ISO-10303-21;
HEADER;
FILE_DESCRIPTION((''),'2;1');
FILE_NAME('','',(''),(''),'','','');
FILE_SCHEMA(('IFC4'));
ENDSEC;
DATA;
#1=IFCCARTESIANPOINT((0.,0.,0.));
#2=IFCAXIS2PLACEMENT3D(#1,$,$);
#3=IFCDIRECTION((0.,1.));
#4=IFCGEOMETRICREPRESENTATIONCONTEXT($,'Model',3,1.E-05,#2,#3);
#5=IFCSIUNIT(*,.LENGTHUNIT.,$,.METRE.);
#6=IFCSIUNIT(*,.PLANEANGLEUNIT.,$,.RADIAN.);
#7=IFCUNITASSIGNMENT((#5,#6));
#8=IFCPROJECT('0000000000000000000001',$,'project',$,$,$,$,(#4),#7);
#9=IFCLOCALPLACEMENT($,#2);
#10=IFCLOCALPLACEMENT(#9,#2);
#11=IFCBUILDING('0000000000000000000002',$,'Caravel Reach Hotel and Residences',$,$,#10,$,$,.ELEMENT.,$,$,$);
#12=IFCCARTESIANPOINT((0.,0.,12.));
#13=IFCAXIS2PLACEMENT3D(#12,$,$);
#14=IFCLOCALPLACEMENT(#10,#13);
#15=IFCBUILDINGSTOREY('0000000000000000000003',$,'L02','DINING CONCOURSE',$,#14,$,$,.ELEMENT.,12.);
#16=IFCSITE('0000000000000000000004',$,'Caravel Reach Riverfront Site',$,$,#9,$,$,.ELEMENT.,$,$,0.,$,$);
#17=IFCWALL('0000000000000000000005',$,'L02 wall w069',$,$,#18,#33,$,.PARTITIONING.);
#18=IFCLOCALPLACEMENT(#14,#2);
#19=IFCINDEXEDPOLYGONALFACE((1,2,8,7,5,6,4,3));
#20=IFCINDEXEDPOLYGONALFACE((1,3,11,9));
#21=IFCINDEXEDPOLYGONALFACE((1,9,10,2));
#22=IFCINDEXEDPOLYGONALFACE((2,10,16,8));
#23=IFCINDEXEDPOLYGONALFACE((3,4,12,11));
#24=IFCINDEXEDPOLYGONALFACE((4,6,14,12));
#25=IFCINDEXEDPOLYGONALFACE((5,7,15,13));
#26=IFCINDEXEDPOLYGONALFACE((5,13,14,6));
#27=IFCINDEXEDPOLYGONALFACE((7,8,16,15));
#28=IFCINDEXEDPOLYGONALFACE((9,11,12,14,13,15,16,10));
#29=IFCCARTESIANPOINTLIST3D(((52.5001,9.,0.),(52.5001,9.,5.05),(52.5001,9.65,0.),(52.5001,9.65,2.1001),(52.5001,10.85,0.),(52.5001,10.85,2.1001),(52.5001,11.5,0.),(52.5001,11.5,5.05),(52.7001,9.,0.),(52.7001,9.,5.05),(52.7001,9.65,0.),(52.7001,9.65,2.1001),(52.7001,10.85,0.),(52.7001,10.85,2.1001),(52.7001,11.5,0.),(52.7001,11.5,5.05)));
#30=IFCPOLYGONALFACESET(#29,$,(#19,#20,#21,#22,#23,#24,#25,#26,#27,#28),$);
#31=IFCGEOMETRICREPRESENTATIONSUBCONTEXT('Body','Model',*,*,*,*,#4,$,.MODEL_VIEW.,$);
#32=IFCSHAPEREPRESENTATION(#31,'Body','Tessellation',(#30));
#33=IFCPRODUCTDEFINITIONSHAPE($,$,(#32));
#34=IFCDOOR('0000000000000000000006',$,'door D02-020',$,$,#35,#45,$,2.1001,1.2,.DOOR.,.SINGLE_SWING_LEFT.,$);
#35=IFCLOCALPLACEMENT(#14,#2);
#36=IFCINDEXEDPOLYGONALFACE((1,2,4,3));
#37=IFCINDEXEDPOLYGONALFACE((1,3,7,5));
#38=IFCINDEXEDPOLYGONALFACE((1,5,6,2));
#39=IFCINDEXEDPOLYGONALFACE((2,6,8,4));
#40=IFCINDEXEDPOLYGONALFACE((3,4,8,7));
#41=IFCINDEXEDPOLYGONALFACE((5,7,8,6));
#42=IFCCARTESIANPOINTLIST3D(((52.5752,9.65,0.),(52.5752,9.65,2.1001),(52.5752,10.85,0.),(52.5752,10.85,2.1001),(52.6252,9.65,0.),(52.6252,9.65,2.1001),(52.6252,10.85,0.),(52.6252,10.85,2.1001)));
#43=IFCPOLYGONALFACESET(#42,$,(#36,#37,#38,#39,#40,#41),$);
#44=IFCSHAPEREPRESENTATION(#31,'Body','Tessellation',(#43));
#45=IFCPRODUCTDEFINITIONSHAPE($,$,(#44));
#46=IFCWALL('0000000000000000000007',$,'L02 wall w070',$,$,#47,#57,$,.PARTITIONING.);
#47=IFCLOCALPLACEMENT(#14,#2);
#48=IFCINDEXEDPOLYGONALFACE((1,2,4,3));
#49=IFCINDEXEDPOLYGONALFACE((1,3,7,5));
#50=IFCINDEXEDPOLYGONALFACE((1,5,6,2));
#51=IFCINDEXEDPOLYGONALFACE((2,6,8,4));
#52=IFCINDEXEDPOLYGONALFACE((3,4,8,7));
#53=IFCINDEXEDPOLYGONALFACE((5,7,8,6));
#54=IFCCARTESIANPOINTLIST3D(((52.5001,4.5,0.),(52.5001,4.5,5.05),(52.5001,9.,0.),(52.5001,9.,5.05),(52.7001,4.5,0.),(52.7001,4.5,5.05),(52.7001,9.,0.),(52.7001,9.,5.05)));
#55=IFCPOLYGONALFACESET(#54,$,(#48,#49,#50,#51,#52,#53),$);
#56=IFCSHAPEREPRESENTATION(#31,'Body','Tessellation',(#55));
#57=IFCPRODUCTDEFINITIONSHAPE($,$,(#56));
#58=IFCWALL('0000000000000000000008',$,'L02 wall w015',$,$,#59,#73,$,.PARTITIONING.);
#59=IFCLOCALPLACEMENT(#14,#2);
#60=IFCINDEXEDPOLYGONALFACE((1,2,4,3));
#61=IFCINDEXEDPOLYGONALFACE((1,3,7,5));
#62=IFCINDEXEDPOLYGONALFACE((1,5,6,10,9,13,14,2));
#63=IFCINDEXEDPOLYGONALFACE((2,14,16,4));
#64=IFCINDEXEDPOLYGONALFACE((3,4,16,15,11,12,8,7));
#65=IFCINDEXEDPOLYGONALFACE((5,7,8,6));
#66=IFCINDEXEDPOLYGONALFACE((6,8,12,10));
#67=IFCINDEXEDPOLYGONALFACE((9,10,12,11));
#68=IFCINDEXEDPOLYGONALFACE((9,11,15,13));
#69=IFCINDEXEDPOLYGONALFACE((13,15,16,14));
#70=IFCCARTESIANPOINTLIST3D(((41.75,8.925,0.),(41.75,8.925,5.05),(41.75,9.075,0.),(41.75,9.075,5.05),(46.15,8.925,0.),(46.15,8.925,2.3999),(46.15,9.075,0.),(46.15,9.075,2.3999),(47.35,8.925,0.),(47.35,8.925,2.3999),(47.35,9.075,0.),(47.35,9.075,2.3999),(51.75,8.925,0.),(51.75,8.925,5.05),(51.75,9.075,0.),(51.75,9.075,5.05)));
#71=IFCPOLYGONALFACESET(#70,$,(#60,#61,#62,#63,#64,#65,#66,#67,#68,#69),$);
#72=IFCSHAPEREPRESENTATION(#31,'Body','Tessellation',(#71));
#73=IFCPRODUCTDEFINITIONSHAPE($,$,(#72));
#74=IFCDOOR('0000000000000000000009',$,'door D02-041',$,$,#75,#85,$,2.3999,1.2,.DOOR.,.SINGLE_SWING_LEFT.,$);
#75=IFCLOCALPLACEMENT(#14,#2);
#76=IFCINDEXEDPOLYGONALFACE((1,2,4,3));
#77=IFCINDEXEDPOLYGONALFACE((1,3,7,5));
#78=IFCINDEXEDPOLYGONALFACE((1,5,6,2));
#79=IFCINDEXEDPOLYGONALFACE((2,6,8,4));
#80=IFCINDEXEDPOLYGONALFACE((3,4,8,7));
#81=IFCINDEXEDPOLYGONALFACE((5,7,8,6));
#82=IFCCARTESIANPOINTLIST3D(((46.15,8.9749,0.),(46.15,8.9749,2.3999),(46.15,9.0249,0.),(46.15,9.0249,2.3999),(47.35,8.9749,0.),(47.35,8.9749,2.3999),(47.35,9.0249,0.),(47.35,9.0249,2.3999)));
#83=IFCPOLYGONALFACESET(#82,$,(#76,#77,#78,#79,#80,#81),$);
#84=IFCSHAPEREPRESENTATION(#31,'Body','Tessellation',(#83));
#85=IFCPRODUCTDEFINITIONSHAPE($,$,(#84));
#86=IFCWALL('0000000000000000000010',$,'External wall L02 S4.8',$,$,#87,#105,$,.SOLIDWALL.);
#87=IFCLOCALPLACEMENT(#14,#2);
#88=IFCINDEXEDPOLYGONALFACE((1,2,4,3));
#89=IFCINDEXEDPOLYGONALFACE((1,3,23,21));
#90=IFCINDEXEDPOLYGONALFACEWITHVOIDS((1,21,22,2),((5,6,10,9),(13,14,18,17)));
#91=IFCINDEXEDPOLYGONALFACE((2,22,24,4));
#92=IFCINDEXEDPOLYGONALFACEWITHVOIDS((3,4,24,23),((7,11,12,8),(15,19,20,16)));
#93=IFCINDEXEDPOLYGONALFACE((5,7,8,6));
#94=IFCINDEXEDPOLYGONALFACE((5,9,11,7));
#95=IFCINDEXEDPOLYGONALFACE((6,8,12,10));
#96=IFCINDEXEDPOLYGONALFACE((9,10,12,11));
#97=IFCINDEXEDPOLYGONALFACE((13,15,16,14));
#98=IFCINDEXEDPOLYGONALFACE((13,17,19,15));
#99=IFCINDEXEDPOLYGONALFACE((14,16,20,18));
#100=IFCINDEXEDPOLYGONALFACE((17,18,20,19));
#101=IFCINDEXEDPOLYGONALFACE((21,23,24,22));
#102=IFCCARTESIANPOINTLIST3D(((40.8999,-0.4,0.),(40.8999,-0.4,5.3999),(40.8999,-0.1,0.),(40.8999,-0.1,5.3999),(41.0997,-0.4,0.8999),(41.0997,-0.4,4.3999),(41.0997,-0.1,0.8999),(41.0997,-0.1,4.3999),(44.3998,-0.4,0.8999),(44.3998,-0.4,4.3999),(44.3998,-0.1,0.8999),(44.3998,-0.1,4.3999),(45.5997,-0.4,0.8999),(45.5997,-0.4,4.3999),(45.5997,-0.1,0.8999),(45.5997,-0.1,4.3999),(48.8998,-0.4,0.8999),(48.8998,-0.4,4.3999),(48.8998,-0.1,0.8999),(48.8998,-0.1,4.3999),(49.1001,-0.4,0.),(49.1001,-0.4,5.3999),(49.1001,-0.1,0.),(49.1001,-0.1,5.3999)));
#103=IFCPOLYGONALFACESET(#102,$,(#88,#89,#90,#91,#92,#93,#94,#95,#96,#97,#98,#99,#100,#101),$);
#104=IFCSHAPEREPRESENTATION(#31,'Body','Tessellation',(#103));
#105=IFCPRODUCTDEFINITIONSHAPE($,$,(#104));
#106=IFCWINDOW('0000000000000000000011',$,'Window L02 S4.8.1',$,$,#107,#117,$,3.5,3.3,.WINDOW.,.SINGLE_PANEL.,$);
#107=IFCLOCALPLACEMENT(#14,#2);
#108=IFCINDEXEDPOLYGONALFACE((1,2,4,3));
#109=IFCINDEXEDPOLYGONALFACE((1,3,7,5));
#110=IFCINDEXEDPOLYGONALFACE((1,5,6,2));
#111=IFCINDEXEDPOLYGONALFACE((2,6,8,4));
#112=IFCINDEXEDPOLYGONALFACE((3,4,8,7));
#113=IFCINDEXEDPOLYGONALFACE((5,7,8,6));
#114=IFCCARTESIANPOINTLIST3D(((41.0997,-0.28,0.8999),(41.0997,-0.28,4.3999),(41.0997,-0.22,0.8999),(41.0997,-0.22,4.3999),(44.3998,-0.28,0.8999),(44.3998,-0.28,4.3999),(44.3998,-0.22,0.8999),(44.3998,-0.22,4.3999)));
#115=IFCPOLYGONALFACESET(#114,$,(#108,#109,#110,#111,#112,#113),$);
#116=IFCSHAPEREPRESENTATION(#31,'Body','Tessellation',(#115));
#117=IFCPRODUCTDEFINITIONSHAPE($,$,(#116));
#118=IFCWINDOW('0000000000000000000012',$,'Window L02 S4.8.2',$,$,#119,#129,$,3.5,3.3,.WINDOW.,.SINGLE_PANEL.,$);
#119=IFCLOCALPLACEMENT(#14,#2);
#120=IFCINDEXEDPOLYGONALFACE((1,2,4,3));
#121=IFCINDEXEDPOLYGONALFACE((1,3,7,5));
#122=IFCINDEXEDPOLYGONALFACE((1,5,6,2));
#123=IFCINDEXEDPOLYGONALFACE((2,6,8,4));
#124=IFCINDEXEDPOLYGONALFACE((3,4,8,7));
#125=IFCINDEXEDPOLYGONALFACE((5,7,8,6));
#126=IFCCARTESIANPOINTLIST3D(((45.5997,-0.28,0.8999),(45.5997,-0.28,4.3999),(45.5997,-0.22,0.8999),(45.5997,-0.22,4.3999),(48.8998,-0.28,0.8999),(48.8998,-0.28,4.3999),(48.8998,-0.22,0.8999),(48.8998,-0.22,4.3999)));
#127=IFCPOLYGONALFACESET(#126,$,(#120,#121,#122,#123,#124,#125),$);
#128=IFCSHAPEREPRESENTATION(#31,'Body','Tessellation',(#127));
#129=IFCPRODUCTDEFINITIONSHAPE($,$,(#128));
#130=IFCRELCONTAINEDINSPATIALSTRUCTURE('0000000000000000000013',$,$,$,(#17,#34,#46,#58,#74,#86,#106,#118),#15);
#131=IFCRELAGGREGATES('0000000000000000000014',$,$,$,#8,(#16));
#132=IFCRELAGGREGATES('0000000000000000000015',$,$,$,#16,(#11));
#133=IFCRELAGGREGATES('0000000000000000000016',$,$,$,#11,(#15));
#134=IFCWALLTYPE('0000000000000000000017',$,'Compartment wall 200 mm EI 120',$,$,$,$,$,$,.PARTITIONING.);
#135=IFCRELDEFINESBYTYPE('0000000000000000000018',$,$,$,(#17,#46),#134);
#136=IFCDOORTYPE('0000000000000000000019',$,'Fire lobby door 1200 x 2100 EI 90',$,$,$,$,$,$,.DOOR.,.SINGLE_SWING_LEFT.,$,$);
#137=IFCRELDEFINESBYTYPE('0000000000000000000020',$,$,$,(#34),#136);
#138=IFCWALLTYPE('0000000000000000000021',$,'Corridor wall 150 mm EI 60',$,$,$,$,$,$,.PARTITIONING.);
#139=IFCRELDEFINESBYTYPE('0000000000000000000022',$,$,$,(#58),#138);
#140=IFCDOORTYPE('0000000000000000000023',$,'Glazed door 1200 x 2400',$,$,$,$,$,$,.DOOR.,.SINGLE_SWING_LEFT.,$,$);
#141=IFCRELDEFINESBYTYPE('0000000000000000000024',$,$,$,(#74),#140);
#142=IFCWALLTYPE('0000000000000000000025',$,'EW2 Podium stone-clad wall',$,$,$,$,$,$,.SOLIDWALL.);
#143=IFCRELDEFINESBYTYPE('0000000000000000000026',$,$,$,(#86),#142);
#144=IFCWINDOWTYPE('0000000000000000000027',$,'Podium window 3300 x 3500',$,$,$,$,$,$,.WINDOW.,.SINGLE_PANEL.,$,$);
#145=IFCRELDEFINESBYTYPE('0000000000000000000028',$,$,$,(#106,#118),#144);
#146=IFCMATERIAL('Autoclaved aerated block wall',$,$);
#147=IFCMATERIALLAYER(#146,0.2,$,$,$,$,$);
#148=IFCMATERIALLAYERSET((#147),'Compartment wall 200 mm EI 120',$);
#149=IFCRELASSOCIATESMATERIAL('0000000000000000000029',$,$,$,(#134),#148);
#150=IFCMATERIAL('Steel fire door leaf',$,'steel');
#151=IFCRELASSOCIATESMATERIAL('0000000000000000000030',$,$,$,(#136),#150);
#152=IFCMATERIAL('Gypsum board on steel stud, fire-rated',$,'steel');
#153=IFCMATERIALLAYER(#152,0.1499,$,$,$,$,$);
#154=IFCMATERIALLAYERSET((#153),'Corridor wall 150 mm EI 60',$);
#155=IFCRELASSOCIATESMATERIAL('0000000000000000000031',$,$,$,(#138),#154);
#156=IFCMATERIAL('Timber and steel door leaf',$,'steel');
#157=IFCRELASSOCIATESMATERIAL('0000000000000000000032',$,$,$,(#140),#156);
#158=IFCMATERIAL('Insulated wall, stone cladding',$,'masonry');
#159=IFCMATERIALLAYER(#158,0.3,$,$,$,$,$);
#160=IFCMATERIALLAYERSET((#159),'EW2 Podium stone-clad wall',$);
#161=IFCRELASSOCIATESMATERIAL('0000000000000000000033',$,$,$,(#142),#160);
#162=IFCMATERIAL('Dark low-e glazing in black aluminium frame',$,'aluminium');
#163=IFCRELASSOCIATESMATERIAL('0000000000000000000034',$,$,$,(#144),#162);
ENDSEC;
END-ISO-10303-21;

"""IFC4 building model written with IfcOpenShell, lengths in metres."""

from ifc_helpers import new_model, si_unit, direction, frame, frame_2d, origin, place, context, subcontext, project, spatial, rectangle, extrude, material, layer, layer_set, type_object, element, fill, save


model = new_model("IFC4")

# Units and contexts
model_context = context("Model", 3, precision=1e-05, world=origin(), true_north=direction((0.0, 1.0)))
body_context = subcontext(model_context, "Body", "Model", "MODEL_VIEW")
ifc_project = project(units=[si_unit("LENGTHUNIT", "METRE"), si_unit("PLANEANGLEUNIT", "RADIAN")], contexts=[model_context])

# Site, building, storey
site_placement = place(None, origin())
site = spatial("IfcSite", under=ifc_project, at=site_placement, Name="Caravel Reach Riverfront Site", CompositionType="ELEMENT", RefElevation=0.0)
building_placement = place(site_placement, origin())
building = spatial("IfcBuilding", under=site, at=building_placement, Name="Caravel Reach Hotel and Residences", CompositionType="ELEMENT")
storey_placement = place(building_placement, frame((0.0, 0.0, 12.0)))
storey = spatial("IfcBuildingStorey", under=building, at=storey_placement, Name="L02", Description="DINING CONCOURSE", CompositionType="ELEMENT", Elevation=12.0)

# Shared definitions
ifc_material_1 = material(Name="Autoclaved aerated block wall")
ifc_layer_1 = layer(ifc_material_1, 0.2)
ifc_layer_set_1 = layer_set([ifc_layer_1], Name="Compartment wall 200 mm EI 120")
wall_type_1 = type_object("IfcWallType", Name="Compartment wall 200 mm EI 120", PredefinedType="PARTITIONING", material=ifc_layer_set_1)

# Wall, opening, door
wall_1_placement = place(storey_placement, frame((52.6001, 9.0, 0.0), z_axis=(0.0, 0.0, 1.0), x_axis=(0.0, 1.0, 0.0)))
wall_1 = element("IfcWall", 1, at=wall_1_placement, inside=storey, type_object=wall_type_1, Name="L02 wall w069", PredefinedType="PARTITIONING", context=body_context, shape_type="SweptSolid", body=[
    extrude(rectangle(XDim=2.5, YDim=0.2, at=frame_2d((1.25, 0.0))), origin(), (0.0, 0.0, 1.0), 5.05),
])
opening_1_placement = place(wall_1_placement, frame((0.6499, 0.0, 0.0)))
opening_1 = element("IfcOpeningElement", 2, at=opening_1_placement, cuts=wall_1, PredefinedType="OPENING", context=body_context, shape_type="SweptSolid", body=[
    extrude(rectangle(XDim=1.2, YDim=2.1001, at=frame_2d((0.6001, 1.05))), frame((0.0, 0.1099, 0.0), z_axis=(0.0, -1.0, 0.0), x_axis=(1.0, 0.0, 0.0)), (0.0, 0.0, 1.0), 0.22),
])
ifc_material_2 = material(Name="Steel fire door leaf", Category="steel")
door_type_1 = type_object("IfcDoorType", Name="Fire lobby door 1200 x 2100 EI 90", OperationType="SINGLE_SWING_LEFT", PredefinedType="DOOR", material=ifc_material_2)
door_1_placement = place(opening_1_placement, origin())
door_1 = element("IfcDoor", 3, at=door_1_placement, inside=storey, type_object=door_type_1, Name="door D02-020", OperationType="SINGLE_SWING_LEFT", OverallHeight=2.1001, OverallWidth=1.2, PredefinedType="DOOR", context=body_context, shape_type="SweptSolid", body=[
    extrude(rectangle(XDim=1.2, YDim=2.1001, at=frame_2d((0.6001, 1.05))), frame((0.0, 0.0249, 0.0), z_axis=(0.0, -1.0, 0.0), x_axis=(1.0, 0.0, 0.0)), (0.0, 0.0, 1.0), 0.05),
])
fill(opening_1, door_1)

# Wall
wall_2_placement = place(storey_placement, frame((52.6001, 4.5, 0.0), z_axis=(0.0, 0.0, 1.0), x_axis=(0.0, 1.0, 0.0)))
element("IfcWall", 4, at=wall_2_placement, inside=storey, type_object=wall_type_1, Name="L02 wall w070", PredefinedType="PARTITIONING", context=body_context, shape_type="SweptSolid", body=[
    extrude(rectangle(XDim=4.5, YDim=0.2, at=frame_2d((2.25, 0.0))), origin(), (0.0, 0.0, 1.0), 5.05),
])

# Wall, opening, door
ifc_material_3 = material(Name="Gypsum board on steel stud, fire-rated", Category="steel")
ifc_layer_2 = layer(ifc_material_3, 0.1499)
ifc_layer_set_2 = layer_set([ifc_layer_2], Name="Corridor wall 150 mm EI 60")
wall_type_2 = type_object("IfcWallType", Name="Corridor wall 150 mm EI 60", PredefinedType="PARTITIONING", material=ifc_layer_set_2)
wall_3_placement = place(storey_placement, frame((41.75, 9.0, 0.0), z_axis=(0.0, 0.0, 1.0), x_axis=(1.0, 0.0, 0.0)))
wall_3 = element("IfcWall", 5, at=wall_3_placement, inside=storey, type_object=wall_type_2, Name="L02 wall w015", PredefinedType="PARTITIONING", context=body_context, shape_type="SweptSolid", body=[
    extrude(rectangle(XDim=10.0, YDim=0.1499, at=frame_2d((5.0, 0.0))), origin(), (0.0, 0.0, 1.0), 5.05),
])
opening_2_placement = place(wall_3_placement, frame((4.3999, 0.0, 0.0)))
opening_2 = element("IfcOpeningElement", 6, at=opening_2_placement, cuts=wall_3, PredefinedType="OPENING", context=body_context, shape_type="SweptSolid", body=[
    extrude(rectangle(XDim=1.2, YDim=2.3999, at=frame_2d((0.6001, 1.2))), frame((0.0, 0.085, 0.0), z_axis=(0.0, -1.0, 0.0), x_axis=(1.0, 0.0, 0.0)), (0.0, 0.0, 1.0), 0.1699),
])
ifc_material_4 = material(Name="Timber and steel door leaf", Category="steel")
door_type_2 = type_object("IfcDoorType", Name="Glazed door 1200 x 2400", OperationType="SINGLE_SWING_LEFT", PredefinedType="DOOR", material=ifc_material_4)
door_2_placement = place(opening_2_placement, origin())
door_2 = element("IfcDoor", 7, at=door_2_placement, inside=storey, type_object=door_type_2, Name="door D02-041", OperationType="SINGLE_SWING_LEFT", OverallHeight=2.3999, OverallWidth=1.2, PredefinedType="DOOR", context=body_context, shape_type="SweptSolid", body=[
    extrude(rectangle(XDim=1.2, YDim=2.3999, at=frame_2d((0.6001, 1.2))), frame((0.0, 0.0249, 0.0), z_axis=(0.0, -1.0, 0.0), x_axis=(1.0, 0.0, 0.0)), (0.0, 0.0, 1.0), 0.05),
])
fill(opening_2, door_2)

# Wall, openings, windows
ifc_material_5 = material(Name="Insulated wall, stone cladding", Category="masonry")
ifc_layer_3 = layer(ifc_material_5, 0.3)
ifc_layer_set_3 = layer_set([ifc_layer_3], Name="EW2 Podium stone-clad wall")
wall_type_3 = type_object("IfcWallType", Name="EW2 Podium stone-clad wall", PredefinedType="SOLIDWALL", material=ifc_layer_set_3)
wall_4_placement = place(storey_placement, frame((40.8999, -0.25, 0.0), z_axis=(0.0, 0.0, 1.0), x_axis=(1.0, 0.0, 0.0)))
wall_4 = element("IfcWall", 8, at=wall_4_placement, inside=storey, type_object=wall_type_3, Name="External wall L02 S4.8", PredefinedType="SOLIDWALL", context=body_context, shape_type="SweptSolid", body=[
    extrude(rectangle(XDim=8.2002, YDim=0.3, at=frame_2d((4.1001, 0.0))), origin(), (0.0, 0.0, 1.0), 5.3999),
])
opening_3_placement = place(wall_4_placement, frame((0.2, 0.0, 0.8999)))
opening_3 = element("IfcOpeningElement", 9, at=opening_3_placement, cuts=wall_4, PredefinedType="OPENING", context=body_context, shape_type="SweptSolid", body=[
    extrude(rectangle(XDim=3.3, YDim=3.5, at=frame_2d((1.6499, 1.75))), frame((0.0, 0.1599, 0.0), z_axis=(0.0, -1.0, 0.0), x_axis=(1.0, 0.0, 0.0)), (0.0, 0.0, 1.0), 0.3201),
])
opening_4_placement = place(wall_4_placement, frame((4.7, 0.0, 0.8999)))
opening_4 = element("IfcOpeningElement", 10, at=opening_4_placement, cuts=wall_4, PredefinedType="OPENING", context=body_context, shape_type="SweptSolid", body=[
    extrude(rectangle(XDim=3.3, YDim=3.5, at=frame_2d((1.6499, 1.75))), frame((0.0, 0.1599, 0.0), z_axis=(0.0, -1.0, 0.0), x_axis=(1.0, 0.0, 0.0)), (0.0, 0.0, 1.0), 0.3201),
])
ifc_material_6 = material(Name="Dark low-e glazing in black aluminium frame", Category="aluminium")
window_type = type_object("IfcWindowType", Name="Podium window 3300 x 3500", PartitioningType="SINGLE_PANEL", PredefinedType="WINDOW", material=ifc_material_6)
window_1_placement = place(opening_3_placement, origin())
window_1 = element("IfcWindow", 11, at=window_1_placement, inside=storey, type_object=window_type, Name="Window L02 S4.8.1", OverallHeight=3.5, OverallWidth=3.3, PartitioningType="SINGLE_PANEL", PredefinedType="WINDOW", context=body_context, shape_type="SweptSolid", body=[
    extrude(rectangle(XDim=3.3, YDim=3.5, at=frame_2d((1.6499, 1.75))), frame((0.0, 0.03, 0.0), z_axis=(0.0, -1.0, 0.0), x_axis=(1.0, 0.0, 0.0)), (0.0, 0.0, 1.0), 0.0601),
])
fill(opening_3, window_1)
window_2_placement = place(opening_4_placement, origin())
window_2 = element("IfcWindow", 12, at=window_2_placement, inside=storey, type_object=window_type, Name="Window L02 S4.8.2", OverallHeight=3.5, OverallWidth=3.3, PartitioningType="SINGLE_PANEL", PredefinedType="WINDOW", context=body_context, shape_type="SweptSolid", body=[
    extrude(rectangle(XDim=3.3, YDim=3.5, at=frame_2d((1.6499, 1.75))), frame((0.0, 0.03, 0.0), z_axis=(0.0, -1.0, 0.0), x_axis=(1.0, 0.0, 0.0)), (0.0, 0.0, 1.0), 0.0601),
])
fill(opening_4, window_2)

save(model, "model.ifc")
